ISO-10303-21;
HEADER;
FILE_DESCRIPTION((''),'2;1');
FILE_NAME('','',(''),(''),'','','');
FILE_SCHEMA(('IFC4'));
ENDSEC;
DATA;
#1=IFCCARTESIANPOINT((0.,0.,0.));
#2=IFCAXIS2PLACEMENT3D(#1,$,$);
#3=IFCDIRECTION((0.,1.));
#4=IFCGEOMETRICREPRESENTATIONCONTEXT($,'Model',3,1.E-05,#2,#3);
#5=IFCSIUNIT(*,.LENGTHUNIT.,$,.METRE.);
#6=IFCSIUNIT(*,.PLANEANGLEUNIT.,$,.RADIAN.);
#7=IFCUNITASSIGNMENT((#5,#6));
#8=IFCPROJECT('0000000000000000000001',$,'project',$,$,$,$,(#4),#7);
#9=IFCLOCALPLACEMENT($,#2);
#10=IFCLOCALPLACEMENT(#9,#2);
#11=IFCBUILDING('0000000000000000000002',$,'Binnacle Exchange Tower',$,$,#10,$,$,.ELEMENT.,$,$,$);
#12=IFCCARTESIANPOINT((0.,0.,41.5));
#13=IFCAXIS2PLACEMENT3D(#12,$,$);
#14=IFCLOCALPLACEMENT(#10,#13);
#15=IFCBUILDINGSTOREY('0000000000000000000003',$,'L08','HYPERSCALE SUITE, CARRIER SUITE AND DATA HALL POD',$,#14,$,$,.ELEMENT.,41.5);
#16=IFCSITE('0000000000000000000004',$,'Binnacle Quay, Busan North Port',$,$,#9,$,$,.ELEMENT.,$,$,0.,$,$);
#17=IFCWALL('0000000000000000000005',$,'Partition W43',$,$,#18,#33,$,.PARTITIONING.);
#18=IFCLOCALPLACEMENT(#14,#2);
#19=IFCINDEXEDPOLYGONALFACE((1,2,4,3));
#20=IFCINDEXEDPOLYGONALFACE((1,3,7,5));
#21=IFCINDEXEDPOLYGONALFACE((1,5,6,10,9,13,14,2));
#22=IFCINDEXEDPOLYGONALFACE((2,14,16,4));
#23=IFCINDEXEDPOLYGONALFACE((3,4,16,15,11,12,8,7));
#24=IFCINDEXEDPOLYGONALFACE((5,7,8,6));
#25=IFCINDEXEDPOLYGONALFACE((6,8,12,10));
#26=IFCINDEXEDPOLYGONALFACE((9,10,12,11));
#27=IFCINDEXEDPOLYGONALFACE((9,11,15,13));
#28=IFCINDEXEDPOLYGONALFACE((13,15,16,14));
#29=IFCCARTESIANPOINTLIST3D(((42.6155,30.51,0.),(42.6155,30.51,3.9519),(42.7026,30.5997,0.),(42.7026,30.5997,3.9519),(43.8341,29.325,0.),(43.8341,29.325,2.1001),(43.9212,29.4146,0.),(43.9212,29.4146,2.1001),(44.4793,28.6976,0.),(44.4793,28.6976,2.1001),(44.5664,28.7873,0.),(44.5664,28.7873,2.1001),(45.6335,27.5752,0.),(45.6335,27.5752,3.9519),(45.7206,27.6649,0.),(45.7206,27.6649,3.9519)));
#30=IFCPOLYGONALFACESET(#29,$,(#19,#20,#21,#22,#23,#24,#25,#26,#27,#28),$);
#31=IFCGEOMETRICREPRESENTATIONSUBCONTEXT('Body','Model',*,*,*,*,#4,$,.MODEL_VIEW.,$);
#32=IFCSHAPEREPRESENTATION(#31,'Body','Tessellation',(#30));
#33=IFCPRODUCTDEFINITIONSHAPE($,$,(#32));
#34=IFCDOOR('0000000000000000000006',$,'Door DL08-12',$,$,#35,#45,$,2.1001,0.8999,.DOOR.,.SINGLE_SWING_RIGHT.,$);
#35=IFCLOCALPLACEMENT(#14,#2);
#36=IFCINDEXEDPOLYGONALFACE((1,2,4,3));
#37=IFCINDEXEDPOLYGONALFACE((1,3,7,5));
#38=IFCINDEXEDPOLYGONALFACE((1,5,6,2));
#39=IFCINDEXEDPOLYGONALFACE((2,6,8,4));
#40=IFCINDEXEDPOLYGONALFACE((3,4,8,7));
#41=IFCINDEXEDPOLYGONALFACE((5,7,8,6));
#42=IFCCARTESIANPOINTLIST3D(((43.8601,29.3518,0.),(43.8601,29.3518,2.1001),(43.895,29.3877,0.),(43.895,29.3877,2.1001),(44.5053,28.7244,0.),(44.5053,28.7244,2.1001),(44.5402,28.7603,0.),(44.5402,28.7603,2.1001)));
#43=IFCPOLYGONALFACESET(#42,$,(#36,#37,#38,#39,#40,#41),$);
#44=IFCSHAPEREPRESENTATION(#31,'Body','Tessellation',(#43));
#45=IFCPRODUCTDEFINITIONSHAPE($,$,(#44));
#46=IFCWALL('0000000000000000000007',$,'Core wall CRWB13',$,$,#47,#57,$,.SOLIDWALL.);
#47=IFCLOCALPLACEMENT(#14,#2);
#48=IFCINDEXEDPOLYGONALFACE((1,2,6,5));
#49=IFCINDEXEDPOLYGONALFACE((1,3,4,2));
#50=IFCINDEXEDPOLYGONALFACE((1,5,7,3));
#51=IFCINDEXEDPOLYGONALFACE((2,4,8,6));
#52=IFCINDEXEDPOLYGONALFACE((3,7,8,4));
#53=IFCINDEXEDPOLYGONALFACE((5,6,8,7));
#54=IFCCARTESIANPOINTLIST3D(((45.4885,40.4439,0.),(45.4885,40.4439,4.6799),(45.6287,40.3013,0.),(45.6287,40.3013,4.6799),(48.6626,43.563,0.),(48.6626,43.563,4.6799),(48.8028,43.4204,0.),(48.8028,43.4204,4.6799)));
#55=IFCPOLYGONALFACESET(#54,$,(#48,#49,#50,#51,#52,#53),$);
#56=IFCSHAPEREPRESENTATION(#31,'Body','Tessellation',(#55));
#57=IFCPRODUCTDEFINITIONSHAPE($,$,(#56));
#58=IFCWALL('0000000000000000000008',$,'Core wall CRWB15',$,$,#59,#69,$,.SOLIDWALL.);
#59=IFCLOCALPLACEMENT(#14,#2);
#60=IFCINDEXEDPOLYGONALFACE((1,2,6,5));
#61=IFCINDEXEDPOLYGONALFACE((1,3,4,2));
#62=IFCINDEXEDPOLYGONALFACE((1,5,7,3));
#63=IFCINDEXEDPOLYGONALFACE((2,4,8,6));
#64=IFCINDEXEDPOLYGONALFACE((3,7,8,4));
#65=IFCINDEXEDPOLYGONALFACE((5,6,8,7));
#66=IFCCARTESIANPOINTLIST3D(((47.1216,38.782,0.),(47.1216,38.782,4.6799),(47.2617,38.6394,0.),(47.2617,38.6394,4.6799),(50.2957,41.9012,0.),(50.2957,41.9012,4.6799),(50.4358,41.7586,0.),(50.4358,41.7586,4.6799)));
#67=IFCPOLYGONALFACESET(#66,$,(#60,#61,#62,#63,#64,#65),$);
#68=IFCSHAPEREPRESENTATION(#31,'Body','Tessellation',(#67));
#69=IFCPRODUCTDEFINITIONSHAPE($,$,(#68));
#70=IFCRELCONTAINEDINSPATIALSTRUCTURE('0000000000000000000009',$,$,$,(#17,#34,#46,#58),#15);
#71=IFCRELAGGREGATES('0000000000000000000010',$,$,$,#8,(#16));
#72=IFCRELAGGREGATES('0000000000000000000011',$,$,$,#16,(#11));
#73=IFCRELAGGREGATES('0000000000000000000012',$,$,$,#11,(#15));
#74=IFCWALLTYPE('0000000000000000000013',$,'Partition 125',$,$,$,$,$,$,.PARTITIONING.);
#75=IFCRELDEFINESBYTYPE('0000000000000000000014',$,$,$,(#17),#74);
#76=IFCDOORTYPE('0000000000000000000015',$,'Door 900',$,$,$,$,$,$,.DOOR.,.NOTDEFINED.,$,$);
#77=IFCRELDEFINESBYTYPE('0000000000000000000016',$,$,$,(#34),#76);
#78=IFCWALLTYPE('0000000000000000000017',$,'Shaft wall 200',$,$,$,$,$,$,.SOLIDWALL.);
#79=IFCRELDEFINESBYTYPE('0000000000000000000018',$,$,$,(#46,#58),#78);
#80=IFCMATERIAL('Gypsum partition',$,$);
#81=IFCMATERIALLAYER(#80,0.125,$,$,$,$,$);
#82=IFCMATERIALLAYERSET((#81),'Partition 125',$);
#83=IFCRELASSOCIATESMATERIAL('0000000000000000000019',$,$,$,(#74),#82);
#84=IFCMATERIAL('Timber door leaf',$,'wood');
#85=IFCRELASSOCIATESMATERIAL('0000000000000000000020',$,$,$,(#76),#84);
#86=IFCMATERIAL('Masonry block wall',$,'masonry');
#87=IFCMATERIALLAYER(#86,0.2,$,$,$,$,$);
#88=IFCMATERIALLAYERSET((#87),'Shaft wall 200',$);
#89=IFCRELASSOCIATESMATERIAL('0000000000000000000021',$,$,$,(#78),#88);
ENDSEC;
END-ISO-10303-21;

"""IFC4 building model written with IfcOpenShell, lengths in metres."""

from ifc_helpers import new_model, si_unit, direction, frame, frame_2d, origin, place, context, subcontext, project, spatial, rectangle, extrude, material, layer, layer_set, type_object, element, fill, save


model = new_model("IFC4")

# Units and contexts
model_context = context("Model", 3, precision=1e-05, world=origin(), true_north=direction((0.0, 1.0)))
body_context = subcontext(model_context, "Body", "Model", "MODEL_VIEW")
ifc_project = project(units=[si_unit("LENGTHUNIT", "METRE"), si_unit("PLANEANGLEUNIT", "RADIAN")], contexts=[model_context])

# Site, building, storey
site_placement = place(None, origin())
site = spatial("IfcSite", under=ifc_project, at=site_placement, Name="Binnacle Quay, Busan North Port", CompositionType="ELEMENT", RefElevation=0.0)
building_placement = place(site_placement, origin())
building = spatial("IfcBuilding", under=site, at=building_placement, Name="Binnacle Exchange Tower", CompositionType="ELEMENT")
storey_placement = place(building_placement, frame((0.0, 0.0, 41.5)))
storey = spatial("IfcBuildingStorey", under=building, at=storey_placement, Name="L08", Description="HYPERSCALE SUITE, CARRIER SUITE AND DATA HALL POD", CompositionType="ELEMENT", Elevation=41.5)

# Wall, opening, door
ifc_material_1 = material(Name="Gypsum partition")
ifc_layer_1 = layer(ifc_material_1, 0.125)
ifc_layer_set_1 = layer_set([ifc_layer_1], Name="Partition 125")
wall_type_1 = type_object("IfcWallType", Name="Partition 125", PredefinedType="PARTITIONING", material=ifc_layer_set_1)
wall_1_placement = place(storey_placement, frame((42.6589, 30.5549, 0.0), z_axis=(0.0, 0.0, 1.0), x_axis=(0.716926, -0.69715, 0.0)))
wall_1 = element("IfcWall", 1, at=wall_1_placement, inside=storey, type_object=wall_type_1, Name="Partition W43", PredefinedType="PARTITIONING", context=body_context, shape_type="SweptSolid", body=[
    extrude(rectangle(XDim=4.2097, YDim=0.125, at=frame_2d((2.105, 0.0))), origin(), (0.0, 0.0, 1.0), 3.9519),
])
opening_1_placement = place(wall_1_placement, frame((1.7, 0.0, 0.0)))
opening_1 = element("IfcOpeningElement", 2, at=opening_1_placement, cuts=wall_1, PredefinedType="OPENING", context=body_context, shape_type="SweptSolid", body=[
    extrude(rectangle(XDim=0.8999, YDim=2.1001, at=frame_2d((0.45, 1.05))), frame((0.0, 0.0725, 0.0), z_axis=(0.0, -1.0, 0.0), x_axis=(1.0, 0.0, 0.0)), (0.0, 0.0, 1.0), 0.145),
])
ifc_material_2 = material(Name="Timber door leaf", Category="wood")
door_type_1 = type_object("IfcDoorType", Name="Door 900", OperationType="NOTDEFINED", PredefinedType="DOOR", material=ifc_material_2)
door_1_placement = place(opening_1_placement, origin())
door_1 = element("IfcDoor", 3, at=door_1_placement, inside=storey, type_object=door_type_1, Name="Door DL08-12", OperationType="SINGLE_SWING_RIGHT", OverallHeight=2.1001, OverallWidth=0.8999, PredefinedType="DOOR", context=body_context, shape_type="SweptSolid", body=[
    extrude(rectangle(XDim=0.8999, YDim=2.1001, at=frame_2d((0.45, 1.05))), frame((0.0, 0.0249, 0.0), z_axis=(0.0, -1.0, 0.0), x_axis=(1.0, 0.0, 0.0)), (0.0, 0.0, 1.0), 0.05),
])
fill(opening_1, door_1)

# Walls
ifc_material_3 = material(Name="Masonry block wall", Category="masonry")
ifc_layer_2 = layer(ifc_material_3, 0.2)
ifc_layer_set_2 = layer_set([ifc_layer_2], Name="Shaft wall 200")
wall_type_2 = type_object("IfcWallType", Name="Shaft wall 200", PredefinedType="SOLIDWALL", material=ifc_layer_set_2)
for number, where, z_axis, x_axis, name in (
    (4, (45.5586, 40.3726, 0.0), (0.0, 0.0, 1.0), (0.713252, 0.700908, 0.0), "Core wall CRWB13"),
    (5, (47.1917, 38.7107, 0.0), (0.0, 0.0, 1.0), (0.713252, 0.700908, 0.0), "Core wall CRWB15"),
):
    element("IfcWall", number, at=place(storey_placement, frame(where, z_axis=z_axis, x_axis=x_axis)), inside=storey, type_object=wall_type_2, Name=name, PredefinedType="SOLIDWALL", context=body_context, shape_type="SweptSolid", body=[
        extrude(rectangle(XDim=4.4502, YDim=0.2, at=frame_2d((2.2251, 0.0))), origin(), (0.0, 0.0, 1.0), 4.6799),
    ])

save(model, "model.ifc")
